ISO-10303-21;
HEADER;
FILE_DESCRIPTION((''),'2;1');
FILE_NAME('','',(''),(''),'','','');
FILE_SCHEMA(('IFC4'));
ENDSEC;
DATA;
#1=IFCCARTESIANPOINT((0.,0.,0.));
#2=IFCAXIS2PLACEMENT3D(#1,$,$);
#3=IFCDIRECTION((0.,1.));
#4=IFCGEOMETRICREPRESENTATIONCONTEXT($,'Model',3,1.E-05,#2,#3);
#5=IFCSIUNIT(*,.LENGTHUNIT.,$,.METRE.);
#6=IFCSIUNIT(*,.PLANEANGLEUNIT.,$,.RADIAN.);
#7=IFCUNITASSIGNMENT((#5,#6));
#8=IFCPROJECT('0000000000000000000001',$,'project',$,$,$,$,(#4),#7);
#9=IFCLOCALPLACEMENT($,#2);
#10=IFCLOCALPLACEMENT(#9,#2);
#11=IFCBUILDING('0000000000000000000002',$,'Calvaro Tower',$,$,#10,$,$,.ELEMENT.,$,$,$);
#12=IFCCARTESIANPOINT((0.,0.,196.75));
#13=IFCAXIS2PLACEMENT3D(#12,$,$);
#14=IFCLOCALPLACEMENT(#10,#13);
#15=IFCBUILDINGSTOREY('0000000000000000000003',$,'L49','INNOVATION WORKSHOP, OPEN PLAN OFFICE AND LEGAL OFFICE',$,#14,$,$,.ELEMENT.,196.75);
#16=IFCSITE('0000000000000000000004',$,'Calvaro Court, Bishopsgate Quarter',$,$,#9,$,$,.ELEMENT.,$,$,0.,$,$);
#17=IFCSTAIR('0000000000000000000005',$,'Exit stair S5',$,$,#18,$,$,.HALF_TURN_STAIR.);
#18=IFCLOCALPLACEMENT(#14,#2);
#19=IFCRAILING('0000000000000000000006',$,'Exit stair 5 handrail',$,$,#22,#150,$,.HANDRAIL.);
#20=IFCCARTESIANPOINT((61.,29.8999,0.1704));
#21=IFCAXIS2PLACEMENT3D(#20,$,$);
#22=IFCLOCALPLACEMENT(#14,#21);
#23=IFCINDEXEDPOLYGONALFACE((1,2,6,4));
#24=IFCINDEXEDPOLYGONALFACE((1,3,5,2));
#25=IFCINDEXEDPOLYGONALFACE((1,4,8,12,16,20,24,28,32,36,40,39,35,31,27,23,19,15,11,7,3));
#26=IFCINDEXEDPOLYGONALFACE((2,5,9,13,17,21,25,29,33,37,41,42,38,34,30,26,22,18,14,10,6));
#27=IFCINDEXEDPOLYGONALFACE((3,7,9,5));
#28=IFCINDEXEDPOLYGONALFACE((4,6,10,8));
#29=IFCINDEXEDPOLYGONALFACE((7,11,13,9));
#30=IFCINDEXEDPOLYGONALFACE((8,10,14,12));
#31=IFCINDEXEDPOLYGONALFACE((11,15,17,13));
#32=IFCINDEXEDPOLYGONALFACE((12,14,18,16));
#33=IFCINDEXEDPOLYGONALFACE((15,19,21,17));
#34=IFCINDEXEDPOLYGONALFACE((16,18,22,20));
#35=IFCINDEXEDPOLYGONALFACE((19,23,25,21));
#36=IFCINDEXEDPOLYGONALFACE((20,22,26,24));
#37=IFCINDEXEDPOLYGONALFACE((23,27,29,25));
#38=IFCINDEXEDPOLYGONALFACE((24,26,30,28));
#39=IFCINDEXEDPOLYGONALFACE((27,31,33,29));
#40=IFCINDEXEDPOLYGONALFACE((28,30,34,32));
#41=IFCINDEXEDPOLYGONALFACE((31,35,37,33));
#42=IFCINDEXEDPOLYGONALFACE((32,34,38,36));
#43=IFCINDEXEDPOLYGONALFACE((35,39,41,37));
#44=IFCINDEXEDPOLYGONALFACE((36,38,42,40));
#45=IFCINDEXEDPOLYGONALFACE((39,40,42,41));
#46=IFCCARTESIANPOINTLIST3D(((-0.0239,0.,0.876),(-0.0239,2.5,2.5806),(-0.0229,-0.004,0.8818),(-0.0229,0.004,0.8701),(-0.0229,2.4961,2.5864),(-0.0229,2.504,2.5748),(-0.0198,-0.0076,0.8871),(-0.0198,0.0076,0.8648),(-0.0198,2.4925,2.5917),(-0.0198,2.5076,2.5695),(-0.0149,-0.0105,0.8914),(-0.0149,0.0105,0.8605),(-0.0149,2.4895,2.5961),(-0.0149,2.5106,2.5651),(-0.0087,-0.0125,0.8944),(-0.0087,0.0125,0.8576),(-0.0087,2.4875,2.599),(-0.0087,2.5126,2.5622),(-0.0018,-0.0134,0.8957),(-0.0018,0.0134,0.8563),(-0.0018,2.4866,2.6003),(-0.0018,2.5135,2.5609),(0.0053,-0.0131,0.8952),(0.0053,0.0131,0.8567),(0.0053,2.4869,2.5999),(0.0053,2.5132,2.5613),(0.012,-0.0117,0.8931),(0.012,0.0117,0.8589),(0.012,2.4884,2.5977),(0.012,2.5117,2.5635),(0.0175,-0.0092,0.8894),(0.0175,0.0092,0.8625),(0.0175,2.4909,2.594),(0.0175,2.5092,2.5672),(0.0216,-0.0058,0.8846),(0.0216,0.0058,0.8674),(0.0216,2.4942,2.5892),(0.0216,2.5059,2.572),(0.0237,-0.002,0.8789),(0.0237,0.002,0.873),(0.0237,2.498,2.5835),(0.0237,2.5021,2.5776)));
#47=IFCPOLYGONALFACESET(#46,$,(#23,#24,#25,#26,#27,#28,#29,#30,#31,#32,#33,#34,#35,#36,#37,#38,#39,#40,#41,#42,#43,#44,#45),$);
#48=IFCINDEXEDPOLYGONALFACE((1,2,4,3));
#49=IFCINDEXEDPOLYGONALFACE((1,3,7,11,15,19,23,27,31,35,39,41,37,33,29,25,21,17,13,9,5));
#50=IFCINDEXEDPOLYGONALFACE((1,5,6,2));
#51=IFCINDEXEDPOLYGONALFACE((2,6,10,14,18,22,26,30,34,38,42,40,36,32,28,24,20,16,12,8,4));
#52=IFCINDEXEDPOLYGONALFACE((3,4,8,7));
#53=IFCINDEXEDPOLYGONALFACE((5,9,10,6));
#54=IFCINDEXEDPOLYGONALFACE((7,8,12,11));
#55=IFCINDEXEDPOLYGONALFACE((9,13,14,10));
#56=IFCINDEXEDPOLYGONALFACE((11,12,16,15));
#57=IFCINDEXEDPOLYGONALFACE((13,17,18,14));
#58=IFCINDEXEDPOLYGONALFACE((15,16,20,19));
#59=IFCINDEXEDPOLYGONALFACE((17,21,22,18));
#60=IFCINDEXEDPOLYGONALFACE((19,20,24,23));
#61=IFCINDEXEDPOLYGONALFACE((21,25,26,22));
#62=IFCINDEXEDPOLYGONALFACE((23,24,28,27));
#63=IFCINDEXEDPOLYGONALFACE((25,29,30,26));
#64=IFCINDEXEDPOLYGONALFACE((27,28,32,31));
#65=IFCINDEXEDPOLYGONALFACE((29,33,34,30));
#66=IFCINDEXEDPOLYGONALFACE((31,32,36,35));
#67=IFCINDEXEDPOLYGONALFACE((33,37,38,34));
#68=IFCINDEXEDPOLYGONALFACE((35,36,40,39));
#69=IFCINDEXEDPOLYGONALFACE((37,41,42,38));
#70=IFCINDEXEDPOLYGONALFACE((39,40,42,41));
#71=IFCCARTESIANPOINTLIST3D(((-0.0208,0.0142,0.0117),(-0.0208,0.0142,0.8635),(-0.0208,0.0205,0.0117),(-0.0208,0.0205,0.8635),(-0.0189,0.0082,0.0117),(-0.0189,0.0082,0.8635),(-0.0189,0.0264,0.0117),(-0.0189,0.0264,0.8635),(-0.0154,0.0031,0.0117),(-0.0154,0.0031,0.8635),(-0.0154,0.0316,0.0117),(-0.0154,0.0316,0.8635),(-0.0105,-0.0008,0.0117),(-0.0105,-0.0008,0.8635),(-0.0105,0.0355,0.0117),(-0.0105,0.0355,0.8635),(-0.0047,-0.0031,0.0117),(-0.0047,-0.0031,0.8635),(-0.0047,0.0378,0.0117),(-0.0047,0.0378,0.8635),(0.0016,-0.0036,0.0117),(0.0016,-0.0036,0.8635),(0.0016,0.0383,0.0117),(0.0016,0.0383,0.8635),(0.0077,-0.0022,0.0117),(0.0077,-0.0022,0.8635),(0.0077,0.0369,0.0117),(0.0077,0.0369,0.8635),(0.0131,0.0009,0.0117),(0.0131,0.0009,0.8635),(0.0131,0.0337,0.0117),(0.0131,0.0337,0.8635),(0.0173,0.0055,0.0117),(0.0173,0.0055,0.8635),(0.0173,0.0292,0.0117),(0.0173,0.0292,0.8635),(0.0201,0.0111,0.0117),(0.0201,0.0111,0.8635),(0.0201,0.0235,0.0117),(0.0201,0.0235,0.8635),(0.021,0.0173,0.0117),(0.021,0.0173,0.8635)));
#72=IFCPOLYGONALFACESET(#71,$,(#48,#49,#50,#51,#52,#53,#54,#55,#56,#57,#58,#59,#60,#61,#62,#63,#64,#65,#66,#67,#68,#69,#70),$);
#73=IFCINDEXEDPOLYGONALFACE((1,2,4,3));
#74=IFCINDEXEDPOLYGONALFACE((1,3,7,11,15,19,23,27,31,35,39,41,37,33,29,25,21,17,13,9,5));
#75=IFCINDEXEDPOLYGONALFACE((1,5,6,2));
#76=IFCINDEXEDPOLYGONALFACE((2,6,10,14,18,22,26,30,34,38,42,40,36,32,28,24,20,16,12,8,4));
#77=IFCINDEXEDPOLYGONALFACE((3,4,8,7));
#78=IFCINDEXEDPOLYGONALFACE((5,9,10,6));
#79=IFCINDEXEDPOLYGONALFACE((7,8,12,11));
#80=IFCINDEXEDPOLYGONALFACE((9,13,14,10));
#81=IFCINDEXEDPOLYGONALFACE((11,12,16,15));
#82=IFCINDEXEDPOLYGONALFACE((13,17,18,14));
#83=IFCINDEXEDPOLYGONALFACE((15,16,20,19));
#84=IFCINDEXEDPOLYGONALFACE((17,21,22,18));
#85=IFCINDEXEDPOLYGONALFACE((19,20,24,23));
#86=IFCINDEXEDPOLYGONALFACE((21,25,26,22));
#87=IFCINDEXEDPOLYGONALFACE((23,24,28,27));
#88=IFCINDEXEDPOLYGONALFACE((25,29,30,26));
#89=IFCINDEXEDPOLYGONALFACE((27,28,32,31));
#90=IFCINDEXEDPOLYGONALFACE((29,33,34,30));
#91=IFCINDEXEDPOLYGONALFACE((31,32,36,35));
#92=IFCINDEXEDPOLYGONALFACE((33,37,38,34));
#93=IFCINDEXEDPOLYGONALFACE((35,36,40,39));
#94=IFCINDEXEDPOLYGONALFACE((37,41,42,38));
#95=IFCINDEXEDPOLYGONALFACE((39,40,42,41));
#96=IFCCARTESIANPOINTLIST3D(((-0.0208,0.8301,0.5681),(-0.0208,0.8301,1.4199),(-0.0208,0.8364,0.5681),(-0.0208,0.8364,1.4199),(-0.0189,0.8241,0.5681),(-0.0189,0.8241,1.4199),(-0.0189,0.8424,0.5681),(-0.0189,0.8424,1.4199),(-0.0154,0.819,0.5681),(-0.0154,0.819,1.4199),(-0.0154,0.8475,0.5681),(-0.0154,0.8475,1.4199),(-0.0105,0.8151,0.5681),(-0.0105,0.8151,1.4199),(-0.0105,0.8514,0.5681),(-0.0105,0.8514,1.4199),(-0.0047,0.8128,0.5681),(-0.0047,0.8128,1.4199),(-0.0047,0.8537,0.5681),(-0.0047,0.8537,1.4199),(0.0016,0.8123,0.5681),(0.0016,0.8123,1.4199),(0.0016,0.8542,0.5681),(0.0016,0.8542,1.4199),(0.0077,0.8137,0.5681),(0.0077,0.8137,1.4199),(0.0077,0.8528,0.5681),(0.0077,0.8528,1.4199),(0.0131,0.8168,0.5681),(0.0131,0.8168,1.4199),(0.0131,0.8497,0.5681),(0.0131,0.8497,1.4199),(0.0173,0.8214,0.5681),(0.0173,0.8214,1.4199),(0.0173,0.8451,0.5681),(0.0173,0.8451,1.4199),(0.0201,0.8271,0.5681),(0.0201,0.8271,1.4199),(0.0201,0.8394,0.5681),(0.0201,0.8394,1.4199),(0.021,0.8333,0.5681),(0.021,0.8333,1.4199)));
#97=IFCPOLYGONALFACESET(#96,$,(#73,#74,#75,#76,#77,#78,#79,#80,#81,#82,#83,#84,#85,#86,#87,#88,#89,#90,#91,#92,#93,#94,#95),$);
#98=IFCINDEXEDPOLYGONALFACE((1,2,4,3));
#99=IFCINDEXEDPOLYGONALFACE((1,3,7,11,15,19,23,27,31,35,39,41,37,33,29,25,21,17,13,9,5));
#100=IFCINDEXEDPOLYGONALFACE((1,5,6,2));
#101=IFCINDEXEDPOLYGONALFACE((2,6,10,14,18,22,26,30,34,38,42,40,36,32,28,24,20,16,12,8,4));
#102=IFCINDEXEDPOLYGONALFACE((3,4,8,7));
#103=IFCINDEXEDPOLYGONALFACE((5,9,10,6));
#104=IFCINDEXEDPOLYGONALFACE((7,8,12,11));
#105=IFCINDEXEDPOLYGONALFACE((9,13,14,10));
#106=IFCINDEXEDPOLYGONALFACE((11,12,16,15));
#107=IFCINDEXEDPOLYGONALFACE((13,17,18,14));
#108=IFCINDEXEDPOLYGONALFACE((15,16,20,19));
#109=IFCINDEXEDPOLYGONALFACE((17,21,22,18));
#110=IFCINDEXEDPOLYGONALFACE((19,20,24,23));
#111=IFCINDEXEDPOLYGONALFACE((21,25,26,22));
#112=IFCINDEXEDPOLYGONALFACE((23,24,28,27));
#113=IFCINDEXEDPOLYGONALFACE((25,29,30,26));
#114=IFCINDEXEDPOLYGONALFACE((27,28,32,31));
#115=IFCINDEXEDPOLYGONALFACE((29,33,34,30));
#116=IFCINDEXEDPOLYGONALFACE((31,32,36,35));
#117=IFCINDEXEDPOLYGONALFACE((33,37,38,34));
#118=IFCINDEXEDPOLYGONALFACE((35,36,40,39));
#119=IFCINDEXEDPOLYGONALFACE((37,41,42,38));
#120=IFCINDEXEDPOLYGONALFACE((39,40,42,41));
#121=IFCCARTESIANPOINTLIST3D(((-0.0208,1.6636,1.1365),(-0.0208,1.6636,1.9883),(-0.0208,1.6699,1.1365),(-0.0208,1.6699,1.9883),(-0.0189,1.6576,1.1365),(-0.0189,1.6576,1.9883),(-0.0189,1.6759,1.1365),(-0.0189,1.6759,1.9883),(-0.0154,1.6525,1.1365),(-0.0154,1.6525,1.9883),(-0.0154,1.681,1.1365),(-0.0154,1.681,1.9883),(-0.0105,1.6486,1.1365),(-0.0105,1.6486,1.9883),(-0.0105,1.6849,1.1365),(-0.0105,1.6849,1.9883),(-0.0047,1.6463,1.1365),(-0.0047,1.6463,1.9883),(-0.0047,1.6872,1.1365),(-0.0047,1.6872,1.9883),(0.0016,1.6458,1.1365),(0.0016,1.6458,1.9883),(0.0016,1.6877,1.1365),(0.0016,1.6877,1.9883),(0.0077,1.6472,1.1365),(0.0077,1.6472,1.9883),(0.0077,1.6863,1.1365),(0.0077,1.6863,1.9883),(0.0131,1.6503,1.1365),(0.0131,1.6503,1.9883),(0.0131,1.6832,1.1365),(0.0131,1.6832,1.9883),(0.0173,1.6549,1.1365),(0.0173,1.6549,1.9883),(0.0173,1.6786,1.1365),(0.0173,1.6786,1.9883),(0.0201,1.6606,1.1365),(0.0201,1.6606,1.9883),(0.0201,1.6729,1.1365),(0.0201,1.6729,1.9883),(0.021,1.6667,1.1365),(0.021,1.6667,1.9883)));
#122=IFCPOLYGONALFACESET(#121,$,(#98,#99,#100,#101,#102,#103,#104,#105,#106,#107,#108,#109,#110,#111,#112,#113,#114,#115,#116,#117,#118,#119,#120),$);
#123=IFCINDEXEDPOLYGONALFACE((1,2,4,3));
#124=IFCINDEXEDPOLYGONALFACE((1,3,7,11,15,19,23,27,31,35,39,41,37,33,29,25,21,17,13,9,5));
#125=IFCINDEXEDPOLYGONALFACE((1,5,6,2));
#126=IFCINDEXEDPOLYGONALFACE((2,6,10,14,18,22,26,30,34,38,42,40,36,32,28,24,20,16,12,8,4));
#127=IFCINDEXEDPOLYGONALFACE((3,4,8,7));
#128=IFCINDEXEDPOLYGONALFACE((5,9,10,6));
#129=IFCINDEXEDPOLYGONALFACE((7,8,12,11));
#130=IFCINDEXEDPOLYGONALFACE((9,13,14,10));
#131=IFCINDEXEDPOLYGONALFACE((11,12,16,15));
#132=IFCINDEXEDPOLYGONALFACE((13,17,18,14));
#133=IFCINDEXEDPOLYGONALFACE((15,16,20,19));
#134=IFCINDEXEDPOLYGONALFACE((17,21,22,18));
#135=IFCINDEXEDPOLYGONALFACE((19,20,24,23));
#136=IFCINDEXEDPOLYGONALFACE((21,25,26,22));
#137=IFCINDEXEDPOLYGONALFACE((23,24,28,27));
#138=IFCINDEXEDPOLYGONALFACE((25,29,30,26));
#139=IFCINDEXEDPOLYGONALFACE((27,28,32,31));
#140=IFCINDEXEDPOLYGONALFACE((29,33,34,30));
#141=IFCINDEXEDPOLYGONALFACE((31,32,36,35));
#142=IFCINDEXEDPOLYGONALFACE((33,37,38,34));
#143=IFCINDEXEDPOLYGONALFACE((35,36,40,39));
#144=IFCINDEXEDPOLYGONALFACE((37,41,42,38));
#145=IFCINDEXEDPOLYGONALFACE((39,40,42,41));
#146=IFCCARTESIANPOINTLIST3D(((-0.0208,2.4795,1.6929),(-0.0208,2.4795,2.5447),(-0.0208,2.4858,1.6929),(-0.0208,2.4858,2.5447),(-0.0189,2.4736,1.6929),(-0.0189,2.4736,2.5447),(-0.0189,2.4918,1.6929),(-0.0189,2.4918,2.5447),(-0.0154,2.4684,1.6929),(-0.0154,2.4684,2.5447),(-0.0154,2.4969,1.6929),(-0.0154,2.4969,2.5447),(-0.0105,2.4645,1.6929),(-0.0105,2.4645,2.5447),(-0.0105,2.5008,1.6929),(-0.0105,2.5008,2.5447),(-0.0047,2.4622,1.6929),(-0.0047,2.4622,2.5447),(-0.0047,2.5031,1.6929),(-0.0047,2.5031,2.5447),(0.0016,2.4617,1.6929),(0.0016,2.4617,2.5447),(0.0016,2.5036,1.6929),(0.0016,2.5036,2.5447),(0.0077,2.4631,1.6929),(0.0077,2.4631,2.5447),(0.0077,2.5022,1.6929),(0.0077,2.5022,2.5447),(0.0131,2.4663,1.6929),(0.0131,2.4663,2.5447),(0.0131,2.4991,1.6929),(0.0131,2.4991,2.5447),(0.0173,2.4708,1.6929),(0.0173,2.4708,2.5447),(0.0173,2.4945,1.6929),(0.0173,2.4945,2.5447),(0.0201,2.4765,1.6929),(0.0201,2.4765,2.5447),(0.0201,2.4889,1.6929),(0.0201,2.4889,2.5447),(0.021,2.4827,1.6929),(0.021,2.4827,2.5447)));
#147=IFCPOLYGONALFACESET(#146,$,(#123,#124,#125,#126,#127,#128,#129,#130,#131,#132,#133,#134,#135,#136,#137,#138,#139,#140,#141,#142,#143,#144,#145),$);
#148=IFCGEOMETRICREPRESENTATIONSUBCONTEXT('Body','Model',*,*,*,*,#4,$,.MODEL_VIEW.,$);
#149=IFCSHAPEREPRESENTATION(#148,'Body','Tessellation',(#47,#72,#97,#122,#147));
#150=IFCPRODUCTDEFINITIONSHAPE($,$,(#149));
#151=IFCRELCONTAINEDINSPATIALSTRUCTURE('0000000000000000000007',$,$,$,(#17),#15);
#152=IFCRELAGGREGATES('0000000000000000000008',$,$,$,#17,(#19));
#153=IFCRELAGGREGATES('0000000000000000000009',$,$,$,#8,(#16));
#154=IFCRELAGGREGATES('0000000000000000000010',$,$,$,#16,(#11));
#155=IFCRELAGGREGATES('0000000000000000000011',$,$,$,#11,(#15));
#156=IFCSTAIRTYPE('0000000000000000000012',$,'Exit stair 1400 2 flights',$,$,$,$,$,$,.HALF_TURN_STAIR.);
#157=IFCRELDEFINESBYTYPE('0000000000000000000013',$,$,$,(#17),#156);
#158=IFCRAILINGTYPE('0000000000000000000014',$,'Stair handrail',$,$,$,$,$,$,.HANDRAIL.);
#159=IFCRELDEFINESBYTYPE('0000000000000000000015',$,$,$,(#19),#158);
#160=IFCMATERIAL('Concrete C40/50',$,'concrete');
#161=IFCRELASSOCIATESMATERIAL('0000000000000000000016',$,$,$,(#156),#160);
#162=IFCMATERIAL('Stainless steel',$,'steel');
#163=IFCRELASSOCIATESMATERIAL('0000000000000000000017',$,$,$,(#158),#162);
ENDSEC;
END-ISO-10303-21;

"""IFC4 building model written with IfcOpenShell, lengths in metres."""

from ifc_helpers import new_model, si_unit, direction, frame, origin, origin_2d, place, context, subcontext, project, spatial, circle, extrude, material, type_object, element, aggregate, save


model = new_model("IFC4")

# Units and contexts
model_context = context("Model", 3, precision=1e-05, world=origin(), true_north=direction((0.0, 1.0)))
body_context = subcontext(model_context, "Body", "Model", "MODEL_VIEW")
ifc_project = project(units=[si_unit("LENGTHUNIT", "METRE"), si_unit("PLANEANGLEUNIT", "RADIAN")], contexts=[model_context])

# Site, building, storey
site_placement = place(None, origin())
site = spatial("IfcSite", under=ifc_project, at=site_placement, Name="Calvaro Court, Bishopsgate Quarter", CompositionType="ELEMENT", RefElevation=0.0)
building_placement = place(site_placement, origin())
building = spatial("IfcBuilding", under=site, at=building_placement, Name="Calvaro Tower", CompositionType="ELEMENT")
storey_placement = place(building_placement, frame((0.0, 0.0, 196.75)))
storey = spatial("IfcBuildingStorey", under=building, at=storey_placement, Name="L49", Description="INNOVATION WORKSHOP, OPEN PLAN OFFICE AND LEGAL OFFICE", CompositionType="ELEMENT", Elevation=196.75)

# Stair
ifc_material_1 = material(Name="Concrete C40/50", Category="concrete")
stair_type = type_object("IfcStairType", Name="Exit stair 1400 2 flights", PredefinedType="HALF_TURN_STAIR", material=ifc_material_1)
stair_1_placement = place(storey_placement, origin())
stair_1 = element("IfcStair", 1, at=stair_1_placement, inside=storey, type_object=stair_type, Name="Exit stair S5", PredefinedType="HALF_TURN_STAIR")

# Railing
ifc_material_2 = material(Name="Stainless steel", Category="steel")
railing_type = type_object("IfcRailingType", Name="Stair handrail", PredefinedType="HANDRAIL", material=ifc_material_2)
railing_1_placement = place(storey_placement, frame((61.0, 29.8999, 0.1704)))
railing_1 = element("IfcRailing", 2, at=railing_1_placement, type_object=railing_type, Name="Exit stair 5 handrail", PredefinedType="HANDRAIL", context=body_context, shape_type="SweptSolid", body=[
    extrude(circle(Radius=0.0239, at=origin_2d()), frame((0.0, 0.0, 0.876), z_axis=(0.0, 0.826221, 0.563347), x_axis=(-1.0, 0.0, 0.0)), (0.0, 0.0, 1.0), 3.0259),
    extrude(circle(Radius=0.021, at=origin_2d()), frame((0.0, 0.0173, 0.0117)), (0.0, 0.0, 1.0), 0.8518),
    extrude(circle(Radius=0.021, at=origin_2d()), frame((0.0, 0.8333, 0.5681)), (0.0, 0.0, 1.0), 0.8518),
    extrude(circle(Radius=0.021, at=origin_2d()), frame((0.0, 1.6667, 1.1365)), (0.0, 0.0, 1.0), 0.8518),
    extrude(circle(Radius=0.021, at=origin_2d()), frame((0.0, 2.4827, 1.6929)), (0.0, 0.0, 1.0), 0.8518),
])
aggregate(stair_1, [railing_1])

save(model, "model.ifc")
